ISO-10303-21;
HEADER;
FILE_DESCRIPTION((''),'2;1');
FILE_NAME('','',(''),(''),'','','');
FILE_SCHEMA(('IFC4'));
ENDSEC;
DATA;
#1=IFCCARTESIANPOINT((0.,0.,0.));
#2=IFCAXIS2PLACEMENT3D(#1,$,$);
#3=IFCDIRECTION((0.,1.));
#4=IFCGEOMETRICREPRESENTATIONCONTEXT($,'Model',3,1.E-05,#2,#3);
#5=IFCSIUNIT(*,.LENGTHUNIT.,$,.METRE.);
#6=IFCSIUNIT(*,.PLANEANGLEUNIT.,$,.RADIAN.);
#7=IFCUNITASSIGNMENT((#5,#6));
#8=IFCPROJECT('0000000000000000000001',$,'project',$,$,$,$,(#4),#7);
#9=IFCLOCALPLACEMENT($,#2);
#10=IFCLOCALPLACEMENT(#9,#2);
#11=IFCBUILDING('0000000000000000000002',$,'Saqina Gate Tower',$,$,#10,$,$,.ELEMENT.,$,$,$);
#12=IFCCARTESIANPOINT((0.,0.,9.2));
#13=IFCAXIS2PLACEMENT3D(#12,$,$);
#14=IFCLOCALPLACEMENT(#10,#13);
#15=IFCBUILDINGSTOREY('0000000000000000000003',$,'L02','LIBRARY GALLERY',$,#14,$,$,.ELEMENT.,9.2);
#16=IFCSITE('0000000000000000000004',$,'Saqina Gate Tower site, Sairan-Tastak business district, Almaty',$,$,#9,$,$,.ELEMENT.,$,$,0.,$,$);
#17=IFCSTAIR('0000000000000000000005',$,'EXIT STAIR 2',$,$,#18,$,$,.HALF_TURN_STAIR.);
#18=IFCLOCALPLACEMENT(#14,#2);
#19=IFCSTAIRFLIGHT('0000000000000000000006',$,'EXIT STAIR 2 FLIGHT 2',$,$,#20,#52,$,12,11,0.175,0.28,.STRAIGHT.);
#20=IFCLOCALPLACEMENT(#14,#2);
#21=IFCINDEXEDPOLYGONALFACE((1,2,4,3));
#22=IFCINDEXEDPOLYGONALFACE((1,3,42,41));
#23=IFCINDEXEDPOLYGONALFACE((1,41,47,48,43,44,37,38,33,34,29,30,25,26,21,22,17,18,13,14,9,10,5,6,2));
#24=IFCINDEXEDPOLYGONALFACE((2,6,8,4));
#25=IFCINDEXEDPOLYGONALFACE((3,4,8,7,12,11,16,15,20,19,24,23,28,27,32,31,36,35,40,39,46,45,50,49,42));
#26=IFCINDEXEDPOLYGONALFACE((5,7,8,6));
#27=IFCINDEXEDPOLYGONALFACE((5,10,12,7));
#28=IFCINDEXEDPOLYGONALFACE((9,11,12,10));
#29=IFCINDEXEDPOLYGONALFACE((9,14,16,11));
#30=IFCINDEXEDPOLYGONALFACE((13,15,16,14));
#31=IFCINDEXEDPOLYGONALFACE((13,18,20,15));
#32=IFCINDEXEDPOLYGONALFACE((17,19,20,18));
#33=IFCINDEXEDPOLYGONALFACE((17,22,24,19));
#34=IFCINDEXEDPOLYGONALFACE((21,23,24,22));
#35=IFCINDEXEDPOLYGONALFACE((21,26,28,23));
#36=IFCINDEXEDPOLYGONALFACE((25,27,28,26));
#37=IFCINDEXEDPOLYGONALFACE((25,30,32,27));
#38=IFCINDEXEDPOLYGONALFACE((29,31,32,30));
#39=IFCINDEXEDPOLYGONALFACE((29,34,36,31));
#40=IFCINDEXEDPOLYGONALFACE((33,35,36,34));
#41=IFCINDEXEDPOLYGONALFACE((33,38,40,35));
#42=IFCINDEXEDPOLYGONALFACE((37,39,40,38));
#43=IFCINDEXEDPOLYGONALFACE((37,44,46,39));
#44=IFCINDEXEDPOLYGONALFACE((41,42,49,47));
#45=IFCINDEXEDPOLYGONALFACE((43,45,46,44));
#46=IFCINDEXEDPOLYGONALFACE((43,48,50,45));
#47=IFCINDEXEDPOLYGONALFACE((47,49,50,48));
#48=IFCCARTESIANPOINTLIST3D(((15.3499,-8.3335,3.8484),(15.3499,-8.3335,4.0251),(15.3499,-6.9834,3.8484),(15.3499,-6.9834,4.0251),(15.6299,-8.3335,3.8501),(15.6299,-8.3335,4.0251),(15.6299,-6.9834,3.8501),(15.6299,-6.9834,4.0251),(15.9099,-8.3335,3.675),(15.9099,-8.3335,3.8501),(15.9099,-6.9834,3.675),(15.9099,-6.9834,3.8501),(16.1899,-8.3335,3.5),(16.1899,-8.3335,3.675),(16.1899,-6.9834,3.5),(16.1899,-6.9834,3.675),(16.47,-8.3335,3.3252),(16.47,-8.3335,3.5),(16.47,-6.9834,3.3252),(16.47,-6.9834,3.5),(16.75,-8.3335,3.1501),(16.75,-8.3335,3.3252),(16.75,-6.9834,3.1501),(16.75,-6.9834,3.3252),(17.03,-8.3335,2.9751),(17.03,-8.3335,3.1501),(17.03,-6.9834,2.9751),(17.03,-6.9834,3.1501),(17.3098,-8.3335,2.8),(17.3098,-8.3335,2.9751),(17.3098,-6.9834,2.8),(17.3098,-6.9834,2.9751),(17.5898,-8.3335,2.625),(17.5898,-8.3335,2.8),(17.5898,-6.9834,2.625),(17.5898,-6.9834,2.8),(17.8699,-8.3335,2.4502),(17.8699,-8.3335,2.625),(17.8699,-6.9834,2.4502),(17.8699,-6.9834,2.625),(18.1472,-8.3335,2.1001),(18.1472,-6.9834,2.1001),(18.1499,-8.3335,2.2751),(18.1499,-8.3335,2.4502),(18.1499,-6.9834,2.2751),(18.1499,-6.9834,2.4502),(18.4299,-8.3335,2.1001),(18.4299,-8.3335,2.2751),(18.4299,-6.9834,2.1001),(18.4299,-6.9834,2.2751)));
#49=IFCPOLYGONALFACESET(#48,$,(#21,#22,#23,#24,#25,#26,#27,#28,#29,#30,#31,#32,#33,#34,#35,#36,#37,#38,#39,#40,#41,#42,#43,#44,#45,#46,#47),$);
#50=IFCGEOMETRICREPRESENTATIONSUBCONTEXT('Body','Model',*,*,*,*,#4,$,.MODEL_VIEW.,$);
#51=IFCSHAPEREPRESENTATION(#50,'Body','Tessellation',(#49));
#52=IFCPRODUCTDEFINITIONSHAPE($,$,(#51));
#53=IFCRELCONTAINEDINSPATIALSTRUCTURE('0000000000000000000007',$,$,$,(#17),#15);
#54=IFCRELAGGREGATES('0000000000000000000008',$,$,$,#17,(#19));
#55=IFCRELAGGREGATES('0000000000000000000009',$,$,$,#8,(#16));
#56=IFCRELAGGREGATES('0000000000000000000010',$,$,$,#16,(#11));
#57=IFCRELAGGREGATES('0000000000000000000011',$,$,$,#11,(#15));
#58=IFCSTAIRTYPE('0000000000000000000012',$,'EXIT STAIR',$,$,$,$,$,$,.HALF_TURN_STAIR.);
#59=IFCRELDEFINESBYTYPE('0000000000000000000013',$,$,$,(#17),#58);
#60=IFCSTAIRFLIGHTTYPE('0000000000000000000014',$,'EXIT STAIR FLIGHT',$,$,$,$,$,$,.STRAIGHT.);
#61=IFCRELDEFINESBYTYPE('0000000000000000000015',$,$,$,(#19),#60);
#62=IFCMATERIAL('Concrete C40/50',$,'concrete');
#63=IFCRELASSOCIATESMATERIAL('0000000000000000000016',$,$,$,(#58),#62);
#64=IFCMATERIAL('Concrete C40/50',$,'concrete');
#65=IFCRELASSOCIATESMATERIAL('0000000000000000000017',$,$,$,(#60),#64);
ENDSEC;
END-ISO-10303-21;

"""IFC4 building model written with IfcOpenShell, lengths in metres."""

from ifc_helpers import new_model, si_unit, direction, frame, origin, place, context, subcontext, project, spatial, polyline, outline, extrude, material, type_object, element, aggregate, save


model = new_model("IFC4")

# Units and contexts
model_context = context("Model", 3, precision=1e-05, world=origin(), true_north=direction((0.0, 1.0)))
body_context = subcontext(model_context, "Body", "Model", "MODEL_VIEW")
ifc_project = project(units=[si_unit("LENGTHUNIT", "METRE"), si_unit("PLANEANGLEUNIT", "RADIAN")], contexts=[model_context])

# Site, building, storey
site_placement = place(None, origin())
site = spatial("IfcSite", under=ifc_project, at=site_placement, Name="Saqina Gate Tower site, Sairan-Tastak business district, Almaty", CompositionType="ELEMENT", RefElevation=0.0)
building_placement = place(site_placement, origin())
building = spatial("IfcBuilding", under=site, at=building_placement, Name="Saqina Gate Tower", CompositionType="ELEMENT")
storey_placement = place(building_placement, frame((0.0, 0.0, 9.2)))
storey = spatial("IfcBuildingStorey", under=building, at=storey_placement, Name="L02", Description="LIBRARY GALLERY", CompositionType="ELEMENT", Elevation=9.2)

# Stair, stair flight
ifc_material_1 = material(Name="Concrete C40/50", Category="concrete")
stair_type = type_object("IfcStairType", Name="EXIT STAIR", PredefinedType="HALF_TURN_STAIR", material=ifc_material_1)
stair_placement = place(storey_placement, origin())
stair = element("IfcStair", 1, at=stair_placement, inside=storey, type_object=stair_type, Name="EXIT STAIR 2", PredefinedType="HALF_TURN_STAIR")
ifc_material_2 = material(Name="Concrete C40/50", Category="concrete")
stair_flight_type = type_object("IfcStairFlightType", Name="EXIT STAIR FLIGHT", PredefinedType="STRAIGHT", material=ifc_material_2)
stair_flight_1_placement = place(storey_placement, frame((18.4299, -7.6584, 2.1001), z_axis=(0.0, 0.0, 1.0), x_axis=(-1.0, 0.0, 0.0)))
stair_flight_1 = element("IfcStairFlight", 2, at=stair_flight_1_placement, type_object=stair_flight_type, Name="EXIT STAIR 2 FLIGHT 2", NumberOfRisers=12, NumberOfTreads=11, PredefinedType="STRAIGHT", RiserHeight=0.175, TreadLength=0.28, context=body_context, shape_type="SweptSolid", body=[
    extrude(outline(polyline([(0.0, 0.0), (0.0, 0.175), (0.28, 0.175), (0.28, 0.3501), (0.5601, 0.3501), (0.5601, 0.5249), (0.8401, 0.5249), (0.8401, 0.7), (1.1201, 0.7), (1.1201, 0.875), (1.3999, 0.875), (1.3999, 1.05), (1.6799, 1.05), (1.6799, 1.2251), (1.96, 1.2251), (1.96, 1.3999), (2.24, 1.3999), (2.24, 1.575), (2.52, 1.575), (2.52, 1.75), (2.8, 1.75), (2.8, 1.925), (3.0801, 1.925), (3.0801, 2.1001), (3.0801, 1.7483), (0.2827, 0.0), (0.0, 0.0)])), frame((0.0, 0.675, 0.0), z_axis=(0.0, -1.0, 0.0), x_axis=(1.0, 0.0, 0.0)), (0.0, 0.0, 1.0), 1.3501),
])
aggregate(stair, [stair_flight_1])

save(model, "model.ifc")
